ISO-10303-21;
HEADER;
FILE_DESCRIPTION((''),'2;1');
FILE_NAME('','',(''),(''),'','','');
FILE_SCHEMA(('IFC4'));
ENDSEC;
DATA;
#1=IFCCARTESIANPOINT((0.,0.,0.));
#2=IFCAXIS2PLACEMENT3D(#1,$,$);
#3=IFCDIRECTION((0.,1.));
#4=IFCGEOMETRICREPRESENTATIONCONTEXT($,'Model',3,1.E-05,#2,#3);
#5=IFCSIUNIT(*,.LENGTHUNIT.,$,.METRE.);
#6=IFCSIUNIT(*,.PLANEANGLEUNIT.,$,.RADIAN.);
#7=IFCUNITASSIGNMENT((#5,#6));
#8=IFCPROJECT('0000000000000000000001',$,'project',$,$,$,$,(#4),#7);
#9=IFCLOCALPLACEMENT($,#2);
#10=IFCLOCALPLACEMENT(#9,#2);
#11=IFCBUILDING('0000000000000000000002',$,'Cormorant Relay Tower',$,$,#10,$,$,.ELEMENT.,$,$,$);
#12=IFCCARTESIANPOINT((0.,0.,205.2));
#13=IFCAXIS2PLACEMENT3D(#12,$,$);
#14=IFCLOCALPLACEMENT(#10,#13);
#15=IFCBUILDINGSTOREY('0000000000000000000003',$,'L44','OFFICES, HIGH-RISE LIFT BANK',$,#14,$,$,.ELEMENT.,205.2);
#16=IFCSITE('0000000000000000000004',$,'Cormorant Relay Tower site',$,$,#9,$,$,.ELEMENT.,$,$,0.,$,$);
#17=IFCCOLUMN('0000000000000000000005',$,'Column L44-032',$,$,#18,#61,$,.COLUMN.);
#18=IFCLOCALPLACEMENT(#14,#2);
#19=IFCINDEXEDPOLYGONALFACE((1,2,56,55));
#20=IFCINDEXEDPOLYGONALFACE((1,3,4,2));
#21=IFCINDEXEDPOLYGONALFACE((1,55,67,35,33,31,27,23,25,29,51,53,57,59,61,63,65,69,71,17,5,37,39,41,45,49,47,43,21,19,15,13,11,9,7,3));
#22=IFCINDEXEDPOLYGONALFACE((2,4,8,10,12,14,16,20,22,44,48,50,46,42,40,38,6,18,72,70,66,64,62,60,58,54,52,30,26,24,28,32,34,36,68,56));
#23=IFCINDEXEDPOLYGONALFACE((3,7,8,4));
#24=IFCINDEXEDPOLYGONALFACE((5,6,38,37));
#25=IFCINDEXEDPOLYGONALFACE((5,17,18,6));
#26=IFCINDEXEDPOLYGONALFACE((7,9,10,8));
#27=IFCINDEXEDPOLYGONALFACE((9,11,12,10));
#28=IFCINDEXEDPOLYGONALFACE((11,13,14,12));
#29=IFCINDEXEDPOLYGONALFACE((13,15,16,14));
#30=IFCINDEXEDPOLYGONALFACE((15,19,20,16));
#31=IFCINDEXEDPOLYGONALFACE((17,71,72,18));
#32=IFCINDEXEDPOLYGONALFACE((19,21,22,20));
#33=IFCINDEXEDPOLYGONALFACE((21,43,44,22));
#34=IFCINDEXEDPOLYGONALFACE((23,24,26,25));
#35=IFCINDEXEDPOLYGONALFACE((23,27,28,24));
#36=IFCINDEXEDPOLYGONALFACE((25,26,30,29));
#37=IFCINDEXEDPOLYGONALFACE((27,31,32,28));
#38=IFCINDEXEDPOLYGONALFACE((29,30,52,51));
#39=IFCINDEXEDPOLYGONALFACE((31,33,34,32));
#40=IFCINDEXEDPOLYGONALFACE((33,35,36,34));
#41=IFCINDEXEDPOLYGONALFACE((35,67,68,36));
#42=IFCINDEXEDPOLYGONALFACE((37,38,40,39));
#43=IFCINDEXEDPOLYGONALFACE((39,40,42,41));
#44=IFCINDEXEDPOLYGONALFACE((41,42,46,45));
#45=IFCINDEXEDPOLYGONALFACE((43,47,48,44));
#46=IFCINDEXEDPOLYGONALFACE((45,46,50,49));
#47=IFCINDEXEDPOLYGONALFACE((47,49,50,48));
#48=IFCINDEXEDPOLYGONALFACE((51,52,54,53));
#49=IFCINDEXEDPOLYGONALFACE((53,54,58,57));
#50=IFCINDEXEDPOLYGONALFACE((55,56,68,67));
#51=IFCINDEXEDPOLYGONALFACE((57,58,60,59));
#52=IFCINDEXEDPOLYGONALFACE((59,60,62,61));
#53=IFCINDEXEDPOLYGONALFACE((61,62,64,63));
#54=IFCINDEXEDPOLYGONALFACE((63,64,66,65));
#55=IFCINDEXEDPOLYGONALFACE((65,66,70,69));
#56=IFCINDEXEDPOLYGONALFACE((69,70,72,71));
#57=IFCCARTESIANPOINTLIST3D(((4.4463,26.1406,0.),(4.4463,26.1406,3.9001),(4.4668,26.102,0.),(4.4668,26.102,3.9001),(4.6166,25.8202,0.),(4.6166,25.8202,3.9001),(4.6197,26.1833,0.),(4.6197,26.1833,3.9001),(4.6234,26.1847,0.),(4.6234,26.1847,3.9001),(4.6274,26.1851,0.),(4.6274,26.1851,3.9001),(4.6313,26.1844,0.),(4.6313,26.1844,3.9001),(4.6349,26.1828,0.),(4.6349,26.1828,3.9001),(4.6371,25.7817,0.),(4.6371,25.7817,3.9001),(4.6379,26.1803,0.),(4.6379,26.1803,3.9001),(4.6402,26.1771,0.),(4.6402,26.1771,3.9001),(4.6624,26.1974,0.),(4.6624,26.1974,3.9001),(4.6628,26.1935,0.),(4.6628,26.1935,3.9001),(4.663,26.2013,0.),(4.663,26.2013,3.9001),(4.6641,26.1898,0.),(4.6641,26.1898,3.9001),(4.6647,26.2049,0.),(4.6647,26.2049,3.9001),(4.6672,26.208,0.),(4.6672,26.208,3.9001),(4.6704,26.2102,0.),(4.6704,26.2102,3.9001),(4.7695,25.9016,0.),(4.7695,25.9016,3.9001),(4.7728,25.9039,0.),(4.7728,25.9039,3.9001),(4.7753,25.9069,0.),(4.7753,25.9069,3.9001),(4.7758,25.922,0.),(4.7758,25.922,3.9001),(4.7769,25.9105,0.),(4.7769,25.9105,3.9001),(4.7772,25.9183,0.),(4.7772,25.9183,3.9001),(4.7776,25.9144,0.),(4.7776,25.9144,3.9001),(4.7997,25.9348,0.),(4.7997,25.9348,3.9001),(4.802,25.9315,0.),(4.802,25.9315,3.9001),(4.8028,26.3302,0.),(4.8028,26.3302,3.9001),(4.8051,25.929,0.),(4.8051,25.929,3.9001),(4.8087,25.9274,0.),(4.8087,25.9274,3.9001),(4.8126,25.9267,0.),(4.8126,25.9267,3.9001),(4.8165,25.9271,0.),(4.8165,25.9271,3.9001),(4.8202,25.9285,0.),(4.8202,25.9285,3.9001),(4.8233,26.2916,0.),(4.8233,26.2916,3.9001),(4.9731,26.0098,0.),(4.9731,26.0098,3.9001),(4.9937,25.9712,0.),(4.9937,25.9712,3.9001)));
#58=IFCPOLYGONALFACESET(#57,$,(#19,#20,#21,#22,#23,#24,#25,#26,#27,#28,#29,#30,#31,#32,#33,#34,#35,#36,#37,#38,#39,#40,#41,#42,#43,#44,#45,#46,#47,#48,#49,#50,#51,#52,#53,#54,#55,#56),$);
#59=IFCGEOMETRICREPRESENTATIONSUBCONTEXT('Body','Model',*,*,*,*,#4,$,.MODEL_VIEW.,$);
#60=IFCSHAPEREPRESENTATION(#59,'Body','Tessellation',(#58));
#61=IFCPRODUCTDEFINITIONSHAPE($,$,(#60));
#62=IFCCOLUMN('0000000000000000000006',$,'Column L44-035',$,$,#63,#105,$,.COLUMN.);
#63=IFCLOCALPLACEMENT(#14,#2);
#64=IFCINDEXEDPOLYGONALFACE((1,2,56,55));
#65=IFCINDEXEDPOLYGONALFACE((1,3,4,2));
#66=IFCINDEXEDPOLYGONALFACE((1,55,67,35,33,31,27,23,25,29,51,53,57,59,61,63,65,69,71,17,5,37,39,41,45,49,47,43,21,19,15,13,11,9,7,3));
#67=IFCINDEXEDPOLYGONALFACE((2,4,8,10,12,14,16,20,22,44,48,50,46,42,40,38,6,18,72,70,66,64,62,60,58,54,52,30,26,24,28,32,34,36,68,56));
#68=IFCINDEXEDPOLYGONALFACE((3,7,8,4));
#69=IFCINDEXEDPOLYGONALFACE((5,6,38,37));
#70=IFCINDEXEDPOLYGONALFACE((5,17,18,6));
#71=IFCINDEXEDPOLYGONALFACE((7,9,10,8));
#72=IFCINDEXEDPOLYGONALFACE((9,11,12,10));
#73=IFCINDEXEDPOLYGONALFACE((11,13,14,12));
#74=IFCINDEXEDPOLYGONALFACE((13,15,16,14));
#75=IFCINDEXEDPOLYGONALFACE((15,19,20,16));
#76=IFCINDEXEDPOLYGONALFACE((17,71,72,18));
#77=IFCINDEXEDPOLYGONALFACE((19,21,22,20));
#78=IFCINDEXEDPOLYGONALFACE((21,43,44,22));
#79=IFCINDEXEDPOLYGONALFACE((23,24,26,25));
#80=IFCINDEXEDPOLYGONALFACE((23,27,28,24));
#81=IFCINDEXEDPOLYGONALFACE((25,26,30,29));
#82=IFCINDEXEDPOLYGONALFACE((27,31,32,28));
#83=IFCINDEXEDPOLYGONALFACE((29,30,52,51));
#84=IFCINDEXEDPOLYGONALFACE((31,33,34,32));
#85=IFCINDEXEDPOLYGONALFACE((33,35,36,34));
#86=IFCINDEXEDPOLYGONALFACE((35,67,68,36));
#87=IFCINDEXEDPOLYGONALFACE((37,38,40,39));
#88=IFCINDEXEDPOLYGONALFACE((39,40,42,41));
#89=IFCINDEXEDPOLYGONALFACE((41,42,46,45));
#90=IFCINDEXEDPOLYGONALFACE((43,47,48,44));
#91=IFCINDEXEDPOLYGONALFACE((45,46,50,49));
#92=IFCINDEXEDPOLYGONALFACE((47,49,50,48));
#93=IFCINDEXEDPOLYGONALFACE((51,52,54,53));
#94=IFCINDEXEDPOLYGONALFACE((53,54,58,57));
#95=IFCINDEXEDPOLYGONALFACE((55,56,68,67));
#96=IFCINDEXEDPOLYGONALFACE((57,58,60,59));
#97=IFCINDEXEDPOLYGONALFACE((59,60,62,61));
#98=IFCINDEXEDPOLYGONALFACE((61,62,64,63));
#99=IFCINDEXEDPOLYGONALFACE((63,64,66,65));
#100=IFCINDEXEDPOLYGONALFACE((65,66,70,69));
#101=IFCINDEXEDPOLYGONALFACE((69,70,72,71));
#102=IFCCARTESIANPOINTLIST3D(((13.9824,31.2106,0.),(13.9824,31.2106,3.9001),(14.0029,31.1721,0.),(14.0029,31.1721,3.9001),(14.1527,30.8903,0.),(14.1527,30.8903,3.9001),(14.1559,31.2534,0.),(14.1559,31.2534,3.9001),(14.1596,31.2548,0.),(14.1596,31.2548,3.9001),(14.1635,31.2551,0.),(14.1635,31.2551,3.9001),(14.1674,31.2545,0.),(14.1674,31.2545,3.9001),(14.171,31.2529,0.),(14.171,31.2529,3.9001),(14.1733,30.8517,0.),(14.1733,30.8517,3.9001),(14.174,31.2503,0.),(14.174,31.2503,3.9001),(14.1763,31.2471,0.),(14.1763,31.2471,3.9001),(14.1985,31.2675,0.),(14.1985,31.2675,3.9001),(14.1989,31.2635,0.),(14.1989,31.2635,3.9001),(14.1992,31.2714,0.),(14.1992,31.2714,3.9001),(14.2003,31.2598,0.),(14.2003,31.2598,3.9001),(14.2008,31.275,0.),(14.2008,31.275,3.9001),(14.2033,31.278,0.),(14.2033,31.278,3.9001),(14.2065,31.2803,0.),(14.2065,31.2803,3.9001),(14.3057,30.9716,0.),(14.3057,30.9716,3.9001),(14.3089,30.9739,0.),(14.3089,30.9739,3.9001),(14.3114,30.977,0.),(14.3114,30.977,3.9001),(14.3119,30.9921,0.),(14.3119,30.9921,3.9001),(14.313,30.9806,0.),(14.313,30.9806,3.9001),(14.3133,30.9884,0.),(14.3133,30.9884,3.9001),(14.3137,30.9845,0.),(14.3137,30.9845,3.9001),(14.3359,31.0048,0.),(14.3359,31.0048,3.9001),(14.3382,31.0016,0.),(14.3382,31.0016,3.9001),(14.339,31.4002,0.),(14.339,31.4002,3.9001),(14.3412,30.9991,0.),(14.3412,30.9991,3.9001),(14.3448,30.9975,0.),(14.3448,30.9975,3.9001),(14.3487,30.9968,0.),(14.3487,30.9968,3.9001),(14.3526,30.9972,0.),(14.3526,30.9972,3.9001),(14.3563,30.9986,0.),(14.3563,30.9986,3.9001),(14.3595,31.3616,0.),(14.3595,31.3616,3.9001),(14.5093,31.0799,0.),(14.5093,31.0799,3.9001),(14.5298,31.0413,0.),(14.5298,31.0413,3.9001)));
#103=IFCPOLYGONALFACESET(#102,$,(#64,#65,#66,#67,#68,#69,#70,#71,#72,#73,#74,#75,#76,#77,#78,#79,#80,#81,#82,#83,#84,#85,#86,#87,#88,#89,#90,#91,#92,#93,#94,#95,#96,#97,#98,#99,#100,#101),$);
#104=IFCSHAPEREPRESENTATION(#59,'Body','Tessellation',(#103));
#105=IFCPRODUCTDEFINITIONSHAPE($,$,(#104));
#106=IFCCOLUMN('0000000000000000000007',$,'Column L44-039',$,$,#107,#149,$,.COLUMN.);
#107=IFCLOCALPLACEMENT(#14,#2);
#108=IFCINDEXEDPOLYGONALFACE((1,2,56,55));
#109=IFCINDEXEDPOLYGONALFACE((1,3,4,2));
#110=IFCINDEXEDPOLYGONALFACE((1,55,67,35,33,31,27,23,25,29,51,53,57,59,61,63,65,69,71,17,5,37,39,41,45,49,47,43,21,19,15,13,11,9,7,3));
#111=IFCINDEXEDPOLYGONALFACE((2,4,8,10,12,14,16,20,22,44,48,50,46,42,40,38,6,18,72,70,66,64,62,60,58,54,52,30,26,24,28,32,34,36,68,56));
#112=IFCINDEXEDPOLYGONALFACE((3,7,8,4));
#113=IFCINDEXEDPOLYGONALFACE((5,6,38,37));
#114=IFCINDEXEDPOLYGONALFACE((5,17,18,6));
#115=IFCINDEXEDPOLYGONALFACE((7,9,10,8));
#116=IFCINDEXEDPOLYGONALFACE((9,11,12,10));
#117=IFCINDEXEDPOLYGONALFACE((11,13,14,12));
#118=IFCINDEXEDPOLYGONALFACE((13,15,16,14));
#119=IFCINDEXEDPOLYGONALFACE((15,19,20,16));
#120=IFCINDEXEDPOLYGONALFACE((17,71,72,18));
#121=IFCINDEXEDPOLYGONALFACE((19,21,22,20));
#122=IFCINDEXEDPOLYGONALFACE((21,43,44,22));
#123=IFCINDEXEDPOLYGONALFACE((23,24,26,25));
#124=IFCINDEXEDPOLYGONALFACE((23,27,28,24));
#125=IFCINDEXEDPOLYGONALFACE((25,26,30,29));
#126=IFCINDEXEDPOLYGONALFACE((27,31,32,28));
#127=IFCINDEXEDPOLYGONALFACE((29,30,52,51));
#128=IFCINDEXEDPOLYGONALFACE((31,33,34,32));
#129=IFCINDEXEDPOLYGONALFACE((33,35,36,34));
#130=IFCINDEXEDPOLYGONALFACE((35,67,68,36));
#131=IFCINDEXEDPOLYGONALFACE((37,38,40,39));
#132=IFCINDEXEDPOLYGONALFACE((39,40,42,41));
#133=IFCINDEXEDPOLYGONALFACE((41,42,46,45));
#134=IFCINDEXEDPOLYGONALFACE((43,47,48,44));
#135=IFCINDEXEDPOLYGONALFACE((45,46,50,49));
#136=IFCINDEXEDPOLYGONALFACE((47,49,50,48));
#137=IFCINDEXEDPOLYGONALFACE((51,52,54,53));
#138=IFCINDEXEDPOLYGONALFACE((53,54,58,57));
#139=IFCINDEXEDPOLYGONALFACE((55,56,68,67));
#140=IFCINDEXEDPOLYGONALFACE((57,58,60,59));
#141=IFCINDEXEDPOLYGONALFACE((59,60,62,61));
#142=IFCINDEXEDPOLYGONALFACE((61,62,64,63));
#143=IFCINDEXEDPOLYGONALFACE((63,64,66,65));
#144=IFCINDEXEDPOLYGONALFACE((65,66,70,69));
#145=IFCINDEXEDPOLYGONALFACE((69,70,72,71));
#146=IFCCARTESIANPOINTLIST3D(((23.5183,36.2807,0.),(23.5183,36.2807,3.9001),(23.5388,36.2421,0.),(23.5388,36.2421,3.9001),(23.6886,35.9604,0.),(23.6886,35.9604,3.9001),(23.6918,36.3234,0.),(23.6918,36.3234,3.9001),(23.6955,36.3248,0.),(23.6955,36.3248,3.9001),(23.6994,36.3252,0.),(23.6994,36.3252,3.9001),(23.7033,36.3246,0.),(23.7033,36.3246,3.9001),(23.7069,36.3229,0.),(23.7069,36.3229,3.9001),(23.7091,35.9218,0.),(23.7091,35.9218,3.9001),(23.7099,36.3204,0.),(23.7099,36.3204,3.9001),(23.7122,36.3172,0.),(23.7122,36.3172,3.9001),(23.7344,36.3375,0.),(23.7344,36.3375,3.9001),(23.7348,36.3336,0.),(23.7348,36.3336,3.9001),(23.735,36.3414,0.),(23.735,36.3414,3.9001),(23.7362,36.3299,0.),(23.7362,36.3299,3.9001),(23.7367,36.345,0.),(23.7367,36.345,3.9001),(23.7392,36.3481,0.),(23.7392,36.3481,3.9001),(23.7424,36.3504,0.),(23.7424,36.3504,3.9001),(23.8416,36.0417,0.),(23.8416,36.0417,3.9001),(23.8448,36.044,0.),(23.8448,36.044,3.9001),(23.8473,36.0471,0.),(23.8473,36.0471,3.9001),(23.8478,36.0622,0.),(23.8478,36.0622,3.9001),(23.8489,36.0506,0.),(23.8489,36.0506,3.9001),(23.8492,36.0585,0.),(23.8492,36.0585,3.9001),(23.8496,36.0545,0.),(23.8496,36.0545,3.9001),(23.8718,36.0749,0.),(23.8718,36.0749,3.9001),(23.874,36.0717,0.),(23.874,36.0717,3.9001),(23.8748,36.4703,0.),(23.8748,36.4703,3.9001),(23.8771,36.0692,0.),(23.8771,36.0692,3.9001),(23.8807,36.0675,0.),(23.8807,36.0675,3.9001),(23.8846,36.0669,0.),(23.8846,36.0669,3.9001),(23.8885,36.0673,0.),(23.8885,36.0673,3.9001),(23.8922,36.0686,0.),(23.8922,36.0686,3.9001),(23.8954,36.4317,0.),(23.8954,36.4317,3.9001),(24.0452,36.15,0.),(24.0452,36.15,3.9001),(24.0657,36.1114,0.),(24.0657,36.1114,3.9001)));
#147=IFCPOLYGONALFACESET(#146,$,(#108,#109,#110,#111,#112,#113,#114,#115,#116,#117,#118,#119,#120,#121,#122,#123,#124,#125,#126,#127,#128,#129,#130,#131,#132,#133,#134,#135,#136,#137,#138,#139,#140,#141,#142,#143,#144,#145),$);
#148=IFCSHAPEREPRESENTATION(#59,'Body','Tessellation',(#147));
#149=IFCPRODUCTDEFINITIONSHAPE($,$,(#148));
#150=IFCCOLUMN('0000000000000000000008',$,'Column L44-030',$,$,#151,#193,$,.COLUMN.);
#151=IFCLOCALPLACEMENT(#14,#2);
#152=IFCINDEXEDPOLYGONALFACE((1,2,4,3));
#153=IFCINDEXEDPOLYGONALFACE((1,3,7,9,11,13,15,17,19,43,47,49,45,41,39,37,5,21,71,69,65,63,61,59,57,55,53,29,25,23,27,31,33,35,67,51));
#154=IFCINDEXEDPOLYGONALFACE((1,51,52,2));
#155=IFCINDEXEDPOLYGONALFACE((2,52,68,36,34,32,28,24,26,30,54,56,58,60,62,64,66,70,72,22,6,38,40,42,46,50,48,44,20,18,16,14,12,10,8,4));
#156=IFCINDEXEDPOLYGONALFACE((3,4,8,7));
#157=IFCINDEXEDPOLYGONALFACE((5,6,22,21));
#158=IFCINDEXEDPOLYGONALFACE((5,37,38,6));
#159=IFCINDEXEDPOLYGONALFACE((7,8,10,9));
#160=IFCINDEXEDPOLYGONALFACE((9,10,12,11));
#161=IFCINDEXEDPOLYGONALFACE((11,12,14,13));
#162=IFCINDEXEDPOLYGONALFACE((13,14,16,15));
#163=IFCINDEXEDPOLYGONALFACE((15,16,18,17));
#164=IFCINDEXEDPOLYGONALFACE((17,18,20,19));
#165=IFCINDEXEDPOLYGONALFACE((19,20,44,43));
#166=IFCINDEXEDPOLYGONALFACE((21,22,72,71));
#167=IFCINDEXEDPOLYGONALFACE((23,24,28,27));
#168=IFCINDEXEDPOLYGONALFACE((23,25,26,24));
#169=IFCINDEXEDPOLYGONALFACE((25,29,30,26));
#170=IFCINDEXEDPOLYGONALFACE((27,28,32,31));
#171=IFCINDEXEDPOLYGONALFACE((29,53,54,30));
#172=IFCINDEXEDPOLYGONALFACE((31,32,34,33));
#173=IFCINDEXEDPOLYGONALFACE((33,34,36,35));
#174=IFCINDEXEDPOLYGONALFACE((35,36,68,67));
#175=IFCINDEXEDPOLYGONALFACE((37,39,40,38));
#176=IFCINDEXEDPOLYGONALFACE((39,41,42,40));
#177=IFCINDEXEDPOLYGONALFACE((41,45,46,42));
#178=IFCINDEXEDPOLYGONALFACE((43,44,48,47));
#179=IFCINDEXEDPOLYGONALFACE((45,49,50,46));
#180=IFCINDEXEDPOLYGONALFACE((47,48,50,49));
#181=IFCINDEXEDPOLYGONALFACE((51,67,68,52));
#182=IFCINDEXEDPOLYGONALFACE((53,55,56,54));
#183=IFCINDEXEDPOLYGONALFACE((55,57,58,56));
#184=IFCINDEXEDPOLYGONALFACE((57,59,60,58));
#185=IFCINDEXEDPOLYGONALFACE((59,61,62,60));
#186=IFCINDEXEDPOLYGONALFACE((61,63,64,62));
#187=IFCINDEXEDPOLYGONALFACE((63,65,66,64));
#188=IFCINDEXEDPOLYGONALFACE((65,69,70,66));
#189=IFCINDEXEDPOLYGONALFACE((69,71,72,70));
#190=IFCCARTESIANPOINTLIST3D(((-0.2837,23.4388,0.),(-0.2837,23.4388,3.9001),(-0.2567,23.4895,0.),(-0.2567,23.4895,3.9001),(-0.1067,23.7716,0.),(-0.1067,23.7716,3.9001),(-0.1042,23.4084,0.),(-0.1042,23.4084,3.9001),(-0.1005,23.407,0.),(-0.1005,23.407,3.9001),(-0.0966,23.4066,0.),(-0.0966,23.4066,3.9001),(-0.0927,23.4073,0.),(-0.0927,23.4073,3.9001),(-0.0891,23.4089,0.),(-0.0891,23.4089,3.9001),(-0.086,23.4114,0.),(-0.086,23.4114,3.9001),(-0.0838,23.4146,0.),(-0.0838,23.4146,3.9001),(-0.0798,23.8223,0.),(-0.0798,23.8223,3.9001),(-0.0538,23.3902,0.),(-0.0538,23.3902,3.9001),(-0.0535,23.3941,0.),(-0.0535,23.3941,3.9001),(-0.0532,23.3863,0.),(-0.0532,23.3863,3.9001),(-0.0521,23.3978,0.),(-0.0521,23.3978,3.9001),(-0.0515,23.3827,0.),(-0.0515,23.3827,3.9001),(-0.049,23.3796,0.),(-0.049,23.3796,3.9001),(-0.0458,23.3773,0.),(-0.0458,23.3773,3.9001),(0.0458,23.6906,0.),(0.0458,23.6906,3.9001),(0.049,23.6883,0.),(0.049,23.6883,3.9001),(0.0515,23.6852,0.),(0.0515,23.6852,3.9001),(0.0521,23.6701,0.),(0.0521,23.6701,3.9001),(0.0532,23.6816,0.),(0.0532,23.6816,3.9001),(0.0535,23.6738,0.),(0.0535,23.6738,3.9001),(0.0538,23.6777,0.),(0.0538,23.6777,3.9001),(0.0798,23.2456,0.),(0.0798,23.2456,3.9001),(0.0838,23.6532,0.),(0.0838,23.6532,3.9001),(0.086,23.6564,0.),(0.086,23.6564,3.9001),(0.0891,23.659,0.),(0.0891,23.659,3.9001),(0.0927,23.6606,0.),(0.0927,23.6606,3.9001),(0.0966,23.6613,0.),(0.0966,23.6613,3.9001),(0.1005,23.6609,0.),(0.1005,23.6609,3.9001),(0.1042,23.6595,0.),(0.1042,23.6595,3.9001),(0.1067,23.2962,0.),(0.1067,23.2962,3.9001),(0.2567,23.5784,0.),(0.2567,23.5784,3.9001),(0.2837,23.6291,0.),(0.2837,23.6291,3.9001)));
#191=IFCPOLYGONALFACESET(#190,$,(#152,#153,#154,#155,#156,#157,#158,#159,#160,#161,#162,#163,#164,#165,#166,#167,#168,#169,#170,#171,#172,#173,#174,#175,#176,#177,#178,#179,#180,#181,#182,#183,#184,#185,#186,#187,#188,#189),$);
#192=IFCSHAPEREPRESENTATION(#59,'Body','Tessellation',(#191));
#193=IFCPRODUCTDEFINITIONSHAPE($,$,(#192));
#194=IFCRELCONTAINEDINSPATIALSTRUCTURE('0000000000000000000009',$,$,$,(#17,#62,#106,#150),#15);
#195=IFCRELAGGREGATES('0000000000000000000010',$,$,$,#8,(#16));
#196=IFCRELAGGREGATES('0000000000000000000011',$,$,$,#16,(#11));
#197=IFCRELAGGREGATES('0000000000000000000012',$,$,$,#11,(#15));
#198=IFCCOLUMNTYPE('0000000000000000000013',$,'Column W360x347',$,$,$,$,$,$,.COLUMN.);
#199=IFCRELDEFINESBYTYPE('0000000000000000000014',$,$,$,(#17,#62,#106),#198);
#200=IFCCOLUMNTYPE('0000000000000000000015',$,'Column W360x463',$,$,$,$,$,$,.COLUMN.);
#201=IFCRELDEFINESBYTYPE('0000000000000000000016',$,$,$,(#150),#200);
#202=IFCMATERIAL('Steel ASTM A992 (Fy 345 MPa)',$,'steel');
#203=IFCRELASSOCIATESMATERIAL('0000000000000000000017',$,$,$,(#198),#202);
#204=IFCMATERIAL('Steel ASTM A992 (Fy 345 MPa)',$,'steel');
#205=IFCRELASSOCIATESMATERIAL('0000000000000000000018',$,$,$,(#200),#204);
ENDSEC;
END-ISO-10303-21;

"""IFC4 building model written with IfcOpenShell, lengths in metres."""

from ifc_helpers import new_model, si_unit, direction, frame, origin, origin_2d, place, context, subcontext, project, spatial, i_section, extrude, material, material_profile, profile_set, type_object, element, save


model = new_model("IFC4")

# Units and contexts
model_context = context("Model", 3, precision=1e-05, world=origin(), true_north=direction((0.0, 1.0)))
body_context = subcontext(model_context, "Body", "Model", "MODEL_VIEW")
ifc_project = project(units=[si_unit("LENGTHUNIT", "METRE"), si_unit("PLANEANGLEUNIT", "RADIAN")], contexts=[model_context])

# Site, building, storey
site_placement = place(None, origin())
site = spatial("IfcSite", under=ifc_project, at=site_placement, Name="Cormorant Relay Tower site", CompositionType="ELEMENT", RefElevation=0.0)
building_placement = place(site_placement, origin())
building = spatial("IfcBuilding", under=site, at=building_placement, Name="Cormorant Relay Tower", CompositionType="ELEMENT")
storey_placement = place(building_placement, frame((0.0, 0.0, 205.2)))
storey = spatial("IfcBuildingStorey", under=building, at=storey_placement, Name="L44", Description="OFFICES, HIGH-RISE LIFT BANK", CompositionType="ELEMENT", Elevation=205.2)

# Columns
ifc_material_1 = material(Name="Steel ASTM A992 (Fy 345 MPa)", Category="steel")
ifc_material_profile_1 = material_profile(ifc_material_1, i_section(OverallWidth=0.4038, OverallDepth=0.4065, WebThickness=0.0271, FlangeThickness=0.0437, FilletRadius=0.0151, at=origin_2d()), Name="W360x347")
ifc_profile_set_1 = profile_set([ifc_material_profile_1], Name="Steel ASTM A992 (Fy 345 MPa)")
column_type_1 = type_object("IfcColumnType", Name="Column W360x347", PredefinedType="COLUMN", material=ifc_profile_set_1)
for number, where, z_axis, x_axis, name in (
    (1, (4.72, 26.0559, 0.0), (0.0, 0.0, 1.0), (-0.882948, -0.469472, 0.0), "Column L44-032"),
    (2, (14.2561, 31.126, 0.0), (0.0, 0.0, 1.0), (-0.882948, -0.469472, 0.0), "Column L44-035"),
    (3, (23.792, 36.196, 0.0), (0.0, 0.0, 1.0), (-0.882948, -0.469472, 0.0), "Column L44-039"),
):
    element("IfcColumn", number, at=place(storey_placement, frame(where, z_axis=z_axis, x_axis=x_axis)), inside=storey, type_object=column_type_1, Name=name, PredefinedType="COLUMN", context=body_context, shape_type="SweptSolid", body=[
        extrude(i_section(OverallWidth=0.4038, OverallDepth=0.4065, WebThickness=0.0271, FlangeThickness=0.0437, FilletRadius=0.0151, at=origin_2d()), origin(), (0.0, 0.0, 1.0), 3.9001),
    ])
ifc_material_2 = material(Name="Steel ASTM A992 (Fy 345 MPa)", Category="steel")
ifc_material_profile_2 = material_profile(ifc_material_2, i_section(OverallWidth=0.4116, OverallDepth=0.4343, WebThickness=0.0359, FlangeThickness=0.0574, FilletRadius=0.0151, at=origin_2d()), Name="W360x463")
ifc_profile_set_2 = profile_set([ifc_material_profile_2], Name="Steel ASTM A992 (Fy 345 MPa)")
column_type_2 = type_object("IfcColumnType", Name="Column W360x463", PredefinedType="COLUMN", material=ifc_profile_set_2)
column_placement = place(storey_placement, frame((0.0, 23.5339, 0.0), z_axis=(0.0, 0.0, 1.0), x_axis=(-0.882948, 0.469472, 0.0)))
element("IfcColumn", 4, at=column_placement, inside=storey, type_object=column_type_2, Name="Column L44-030", PredefinedType="COLUMN", context=body_context, shape_type="SweptSolid", body=[
    extrude(i_section(OverallWidth=0.4116, OverallDepth=0.4343, WebThickness=0.0359, FlangeThickness=0.0574, FilletRadius=0.0151, at=origin_2d()), origin(), (0.0, 0.0, 1.0), 3.9001),
])

save(model, "model.ifc")
